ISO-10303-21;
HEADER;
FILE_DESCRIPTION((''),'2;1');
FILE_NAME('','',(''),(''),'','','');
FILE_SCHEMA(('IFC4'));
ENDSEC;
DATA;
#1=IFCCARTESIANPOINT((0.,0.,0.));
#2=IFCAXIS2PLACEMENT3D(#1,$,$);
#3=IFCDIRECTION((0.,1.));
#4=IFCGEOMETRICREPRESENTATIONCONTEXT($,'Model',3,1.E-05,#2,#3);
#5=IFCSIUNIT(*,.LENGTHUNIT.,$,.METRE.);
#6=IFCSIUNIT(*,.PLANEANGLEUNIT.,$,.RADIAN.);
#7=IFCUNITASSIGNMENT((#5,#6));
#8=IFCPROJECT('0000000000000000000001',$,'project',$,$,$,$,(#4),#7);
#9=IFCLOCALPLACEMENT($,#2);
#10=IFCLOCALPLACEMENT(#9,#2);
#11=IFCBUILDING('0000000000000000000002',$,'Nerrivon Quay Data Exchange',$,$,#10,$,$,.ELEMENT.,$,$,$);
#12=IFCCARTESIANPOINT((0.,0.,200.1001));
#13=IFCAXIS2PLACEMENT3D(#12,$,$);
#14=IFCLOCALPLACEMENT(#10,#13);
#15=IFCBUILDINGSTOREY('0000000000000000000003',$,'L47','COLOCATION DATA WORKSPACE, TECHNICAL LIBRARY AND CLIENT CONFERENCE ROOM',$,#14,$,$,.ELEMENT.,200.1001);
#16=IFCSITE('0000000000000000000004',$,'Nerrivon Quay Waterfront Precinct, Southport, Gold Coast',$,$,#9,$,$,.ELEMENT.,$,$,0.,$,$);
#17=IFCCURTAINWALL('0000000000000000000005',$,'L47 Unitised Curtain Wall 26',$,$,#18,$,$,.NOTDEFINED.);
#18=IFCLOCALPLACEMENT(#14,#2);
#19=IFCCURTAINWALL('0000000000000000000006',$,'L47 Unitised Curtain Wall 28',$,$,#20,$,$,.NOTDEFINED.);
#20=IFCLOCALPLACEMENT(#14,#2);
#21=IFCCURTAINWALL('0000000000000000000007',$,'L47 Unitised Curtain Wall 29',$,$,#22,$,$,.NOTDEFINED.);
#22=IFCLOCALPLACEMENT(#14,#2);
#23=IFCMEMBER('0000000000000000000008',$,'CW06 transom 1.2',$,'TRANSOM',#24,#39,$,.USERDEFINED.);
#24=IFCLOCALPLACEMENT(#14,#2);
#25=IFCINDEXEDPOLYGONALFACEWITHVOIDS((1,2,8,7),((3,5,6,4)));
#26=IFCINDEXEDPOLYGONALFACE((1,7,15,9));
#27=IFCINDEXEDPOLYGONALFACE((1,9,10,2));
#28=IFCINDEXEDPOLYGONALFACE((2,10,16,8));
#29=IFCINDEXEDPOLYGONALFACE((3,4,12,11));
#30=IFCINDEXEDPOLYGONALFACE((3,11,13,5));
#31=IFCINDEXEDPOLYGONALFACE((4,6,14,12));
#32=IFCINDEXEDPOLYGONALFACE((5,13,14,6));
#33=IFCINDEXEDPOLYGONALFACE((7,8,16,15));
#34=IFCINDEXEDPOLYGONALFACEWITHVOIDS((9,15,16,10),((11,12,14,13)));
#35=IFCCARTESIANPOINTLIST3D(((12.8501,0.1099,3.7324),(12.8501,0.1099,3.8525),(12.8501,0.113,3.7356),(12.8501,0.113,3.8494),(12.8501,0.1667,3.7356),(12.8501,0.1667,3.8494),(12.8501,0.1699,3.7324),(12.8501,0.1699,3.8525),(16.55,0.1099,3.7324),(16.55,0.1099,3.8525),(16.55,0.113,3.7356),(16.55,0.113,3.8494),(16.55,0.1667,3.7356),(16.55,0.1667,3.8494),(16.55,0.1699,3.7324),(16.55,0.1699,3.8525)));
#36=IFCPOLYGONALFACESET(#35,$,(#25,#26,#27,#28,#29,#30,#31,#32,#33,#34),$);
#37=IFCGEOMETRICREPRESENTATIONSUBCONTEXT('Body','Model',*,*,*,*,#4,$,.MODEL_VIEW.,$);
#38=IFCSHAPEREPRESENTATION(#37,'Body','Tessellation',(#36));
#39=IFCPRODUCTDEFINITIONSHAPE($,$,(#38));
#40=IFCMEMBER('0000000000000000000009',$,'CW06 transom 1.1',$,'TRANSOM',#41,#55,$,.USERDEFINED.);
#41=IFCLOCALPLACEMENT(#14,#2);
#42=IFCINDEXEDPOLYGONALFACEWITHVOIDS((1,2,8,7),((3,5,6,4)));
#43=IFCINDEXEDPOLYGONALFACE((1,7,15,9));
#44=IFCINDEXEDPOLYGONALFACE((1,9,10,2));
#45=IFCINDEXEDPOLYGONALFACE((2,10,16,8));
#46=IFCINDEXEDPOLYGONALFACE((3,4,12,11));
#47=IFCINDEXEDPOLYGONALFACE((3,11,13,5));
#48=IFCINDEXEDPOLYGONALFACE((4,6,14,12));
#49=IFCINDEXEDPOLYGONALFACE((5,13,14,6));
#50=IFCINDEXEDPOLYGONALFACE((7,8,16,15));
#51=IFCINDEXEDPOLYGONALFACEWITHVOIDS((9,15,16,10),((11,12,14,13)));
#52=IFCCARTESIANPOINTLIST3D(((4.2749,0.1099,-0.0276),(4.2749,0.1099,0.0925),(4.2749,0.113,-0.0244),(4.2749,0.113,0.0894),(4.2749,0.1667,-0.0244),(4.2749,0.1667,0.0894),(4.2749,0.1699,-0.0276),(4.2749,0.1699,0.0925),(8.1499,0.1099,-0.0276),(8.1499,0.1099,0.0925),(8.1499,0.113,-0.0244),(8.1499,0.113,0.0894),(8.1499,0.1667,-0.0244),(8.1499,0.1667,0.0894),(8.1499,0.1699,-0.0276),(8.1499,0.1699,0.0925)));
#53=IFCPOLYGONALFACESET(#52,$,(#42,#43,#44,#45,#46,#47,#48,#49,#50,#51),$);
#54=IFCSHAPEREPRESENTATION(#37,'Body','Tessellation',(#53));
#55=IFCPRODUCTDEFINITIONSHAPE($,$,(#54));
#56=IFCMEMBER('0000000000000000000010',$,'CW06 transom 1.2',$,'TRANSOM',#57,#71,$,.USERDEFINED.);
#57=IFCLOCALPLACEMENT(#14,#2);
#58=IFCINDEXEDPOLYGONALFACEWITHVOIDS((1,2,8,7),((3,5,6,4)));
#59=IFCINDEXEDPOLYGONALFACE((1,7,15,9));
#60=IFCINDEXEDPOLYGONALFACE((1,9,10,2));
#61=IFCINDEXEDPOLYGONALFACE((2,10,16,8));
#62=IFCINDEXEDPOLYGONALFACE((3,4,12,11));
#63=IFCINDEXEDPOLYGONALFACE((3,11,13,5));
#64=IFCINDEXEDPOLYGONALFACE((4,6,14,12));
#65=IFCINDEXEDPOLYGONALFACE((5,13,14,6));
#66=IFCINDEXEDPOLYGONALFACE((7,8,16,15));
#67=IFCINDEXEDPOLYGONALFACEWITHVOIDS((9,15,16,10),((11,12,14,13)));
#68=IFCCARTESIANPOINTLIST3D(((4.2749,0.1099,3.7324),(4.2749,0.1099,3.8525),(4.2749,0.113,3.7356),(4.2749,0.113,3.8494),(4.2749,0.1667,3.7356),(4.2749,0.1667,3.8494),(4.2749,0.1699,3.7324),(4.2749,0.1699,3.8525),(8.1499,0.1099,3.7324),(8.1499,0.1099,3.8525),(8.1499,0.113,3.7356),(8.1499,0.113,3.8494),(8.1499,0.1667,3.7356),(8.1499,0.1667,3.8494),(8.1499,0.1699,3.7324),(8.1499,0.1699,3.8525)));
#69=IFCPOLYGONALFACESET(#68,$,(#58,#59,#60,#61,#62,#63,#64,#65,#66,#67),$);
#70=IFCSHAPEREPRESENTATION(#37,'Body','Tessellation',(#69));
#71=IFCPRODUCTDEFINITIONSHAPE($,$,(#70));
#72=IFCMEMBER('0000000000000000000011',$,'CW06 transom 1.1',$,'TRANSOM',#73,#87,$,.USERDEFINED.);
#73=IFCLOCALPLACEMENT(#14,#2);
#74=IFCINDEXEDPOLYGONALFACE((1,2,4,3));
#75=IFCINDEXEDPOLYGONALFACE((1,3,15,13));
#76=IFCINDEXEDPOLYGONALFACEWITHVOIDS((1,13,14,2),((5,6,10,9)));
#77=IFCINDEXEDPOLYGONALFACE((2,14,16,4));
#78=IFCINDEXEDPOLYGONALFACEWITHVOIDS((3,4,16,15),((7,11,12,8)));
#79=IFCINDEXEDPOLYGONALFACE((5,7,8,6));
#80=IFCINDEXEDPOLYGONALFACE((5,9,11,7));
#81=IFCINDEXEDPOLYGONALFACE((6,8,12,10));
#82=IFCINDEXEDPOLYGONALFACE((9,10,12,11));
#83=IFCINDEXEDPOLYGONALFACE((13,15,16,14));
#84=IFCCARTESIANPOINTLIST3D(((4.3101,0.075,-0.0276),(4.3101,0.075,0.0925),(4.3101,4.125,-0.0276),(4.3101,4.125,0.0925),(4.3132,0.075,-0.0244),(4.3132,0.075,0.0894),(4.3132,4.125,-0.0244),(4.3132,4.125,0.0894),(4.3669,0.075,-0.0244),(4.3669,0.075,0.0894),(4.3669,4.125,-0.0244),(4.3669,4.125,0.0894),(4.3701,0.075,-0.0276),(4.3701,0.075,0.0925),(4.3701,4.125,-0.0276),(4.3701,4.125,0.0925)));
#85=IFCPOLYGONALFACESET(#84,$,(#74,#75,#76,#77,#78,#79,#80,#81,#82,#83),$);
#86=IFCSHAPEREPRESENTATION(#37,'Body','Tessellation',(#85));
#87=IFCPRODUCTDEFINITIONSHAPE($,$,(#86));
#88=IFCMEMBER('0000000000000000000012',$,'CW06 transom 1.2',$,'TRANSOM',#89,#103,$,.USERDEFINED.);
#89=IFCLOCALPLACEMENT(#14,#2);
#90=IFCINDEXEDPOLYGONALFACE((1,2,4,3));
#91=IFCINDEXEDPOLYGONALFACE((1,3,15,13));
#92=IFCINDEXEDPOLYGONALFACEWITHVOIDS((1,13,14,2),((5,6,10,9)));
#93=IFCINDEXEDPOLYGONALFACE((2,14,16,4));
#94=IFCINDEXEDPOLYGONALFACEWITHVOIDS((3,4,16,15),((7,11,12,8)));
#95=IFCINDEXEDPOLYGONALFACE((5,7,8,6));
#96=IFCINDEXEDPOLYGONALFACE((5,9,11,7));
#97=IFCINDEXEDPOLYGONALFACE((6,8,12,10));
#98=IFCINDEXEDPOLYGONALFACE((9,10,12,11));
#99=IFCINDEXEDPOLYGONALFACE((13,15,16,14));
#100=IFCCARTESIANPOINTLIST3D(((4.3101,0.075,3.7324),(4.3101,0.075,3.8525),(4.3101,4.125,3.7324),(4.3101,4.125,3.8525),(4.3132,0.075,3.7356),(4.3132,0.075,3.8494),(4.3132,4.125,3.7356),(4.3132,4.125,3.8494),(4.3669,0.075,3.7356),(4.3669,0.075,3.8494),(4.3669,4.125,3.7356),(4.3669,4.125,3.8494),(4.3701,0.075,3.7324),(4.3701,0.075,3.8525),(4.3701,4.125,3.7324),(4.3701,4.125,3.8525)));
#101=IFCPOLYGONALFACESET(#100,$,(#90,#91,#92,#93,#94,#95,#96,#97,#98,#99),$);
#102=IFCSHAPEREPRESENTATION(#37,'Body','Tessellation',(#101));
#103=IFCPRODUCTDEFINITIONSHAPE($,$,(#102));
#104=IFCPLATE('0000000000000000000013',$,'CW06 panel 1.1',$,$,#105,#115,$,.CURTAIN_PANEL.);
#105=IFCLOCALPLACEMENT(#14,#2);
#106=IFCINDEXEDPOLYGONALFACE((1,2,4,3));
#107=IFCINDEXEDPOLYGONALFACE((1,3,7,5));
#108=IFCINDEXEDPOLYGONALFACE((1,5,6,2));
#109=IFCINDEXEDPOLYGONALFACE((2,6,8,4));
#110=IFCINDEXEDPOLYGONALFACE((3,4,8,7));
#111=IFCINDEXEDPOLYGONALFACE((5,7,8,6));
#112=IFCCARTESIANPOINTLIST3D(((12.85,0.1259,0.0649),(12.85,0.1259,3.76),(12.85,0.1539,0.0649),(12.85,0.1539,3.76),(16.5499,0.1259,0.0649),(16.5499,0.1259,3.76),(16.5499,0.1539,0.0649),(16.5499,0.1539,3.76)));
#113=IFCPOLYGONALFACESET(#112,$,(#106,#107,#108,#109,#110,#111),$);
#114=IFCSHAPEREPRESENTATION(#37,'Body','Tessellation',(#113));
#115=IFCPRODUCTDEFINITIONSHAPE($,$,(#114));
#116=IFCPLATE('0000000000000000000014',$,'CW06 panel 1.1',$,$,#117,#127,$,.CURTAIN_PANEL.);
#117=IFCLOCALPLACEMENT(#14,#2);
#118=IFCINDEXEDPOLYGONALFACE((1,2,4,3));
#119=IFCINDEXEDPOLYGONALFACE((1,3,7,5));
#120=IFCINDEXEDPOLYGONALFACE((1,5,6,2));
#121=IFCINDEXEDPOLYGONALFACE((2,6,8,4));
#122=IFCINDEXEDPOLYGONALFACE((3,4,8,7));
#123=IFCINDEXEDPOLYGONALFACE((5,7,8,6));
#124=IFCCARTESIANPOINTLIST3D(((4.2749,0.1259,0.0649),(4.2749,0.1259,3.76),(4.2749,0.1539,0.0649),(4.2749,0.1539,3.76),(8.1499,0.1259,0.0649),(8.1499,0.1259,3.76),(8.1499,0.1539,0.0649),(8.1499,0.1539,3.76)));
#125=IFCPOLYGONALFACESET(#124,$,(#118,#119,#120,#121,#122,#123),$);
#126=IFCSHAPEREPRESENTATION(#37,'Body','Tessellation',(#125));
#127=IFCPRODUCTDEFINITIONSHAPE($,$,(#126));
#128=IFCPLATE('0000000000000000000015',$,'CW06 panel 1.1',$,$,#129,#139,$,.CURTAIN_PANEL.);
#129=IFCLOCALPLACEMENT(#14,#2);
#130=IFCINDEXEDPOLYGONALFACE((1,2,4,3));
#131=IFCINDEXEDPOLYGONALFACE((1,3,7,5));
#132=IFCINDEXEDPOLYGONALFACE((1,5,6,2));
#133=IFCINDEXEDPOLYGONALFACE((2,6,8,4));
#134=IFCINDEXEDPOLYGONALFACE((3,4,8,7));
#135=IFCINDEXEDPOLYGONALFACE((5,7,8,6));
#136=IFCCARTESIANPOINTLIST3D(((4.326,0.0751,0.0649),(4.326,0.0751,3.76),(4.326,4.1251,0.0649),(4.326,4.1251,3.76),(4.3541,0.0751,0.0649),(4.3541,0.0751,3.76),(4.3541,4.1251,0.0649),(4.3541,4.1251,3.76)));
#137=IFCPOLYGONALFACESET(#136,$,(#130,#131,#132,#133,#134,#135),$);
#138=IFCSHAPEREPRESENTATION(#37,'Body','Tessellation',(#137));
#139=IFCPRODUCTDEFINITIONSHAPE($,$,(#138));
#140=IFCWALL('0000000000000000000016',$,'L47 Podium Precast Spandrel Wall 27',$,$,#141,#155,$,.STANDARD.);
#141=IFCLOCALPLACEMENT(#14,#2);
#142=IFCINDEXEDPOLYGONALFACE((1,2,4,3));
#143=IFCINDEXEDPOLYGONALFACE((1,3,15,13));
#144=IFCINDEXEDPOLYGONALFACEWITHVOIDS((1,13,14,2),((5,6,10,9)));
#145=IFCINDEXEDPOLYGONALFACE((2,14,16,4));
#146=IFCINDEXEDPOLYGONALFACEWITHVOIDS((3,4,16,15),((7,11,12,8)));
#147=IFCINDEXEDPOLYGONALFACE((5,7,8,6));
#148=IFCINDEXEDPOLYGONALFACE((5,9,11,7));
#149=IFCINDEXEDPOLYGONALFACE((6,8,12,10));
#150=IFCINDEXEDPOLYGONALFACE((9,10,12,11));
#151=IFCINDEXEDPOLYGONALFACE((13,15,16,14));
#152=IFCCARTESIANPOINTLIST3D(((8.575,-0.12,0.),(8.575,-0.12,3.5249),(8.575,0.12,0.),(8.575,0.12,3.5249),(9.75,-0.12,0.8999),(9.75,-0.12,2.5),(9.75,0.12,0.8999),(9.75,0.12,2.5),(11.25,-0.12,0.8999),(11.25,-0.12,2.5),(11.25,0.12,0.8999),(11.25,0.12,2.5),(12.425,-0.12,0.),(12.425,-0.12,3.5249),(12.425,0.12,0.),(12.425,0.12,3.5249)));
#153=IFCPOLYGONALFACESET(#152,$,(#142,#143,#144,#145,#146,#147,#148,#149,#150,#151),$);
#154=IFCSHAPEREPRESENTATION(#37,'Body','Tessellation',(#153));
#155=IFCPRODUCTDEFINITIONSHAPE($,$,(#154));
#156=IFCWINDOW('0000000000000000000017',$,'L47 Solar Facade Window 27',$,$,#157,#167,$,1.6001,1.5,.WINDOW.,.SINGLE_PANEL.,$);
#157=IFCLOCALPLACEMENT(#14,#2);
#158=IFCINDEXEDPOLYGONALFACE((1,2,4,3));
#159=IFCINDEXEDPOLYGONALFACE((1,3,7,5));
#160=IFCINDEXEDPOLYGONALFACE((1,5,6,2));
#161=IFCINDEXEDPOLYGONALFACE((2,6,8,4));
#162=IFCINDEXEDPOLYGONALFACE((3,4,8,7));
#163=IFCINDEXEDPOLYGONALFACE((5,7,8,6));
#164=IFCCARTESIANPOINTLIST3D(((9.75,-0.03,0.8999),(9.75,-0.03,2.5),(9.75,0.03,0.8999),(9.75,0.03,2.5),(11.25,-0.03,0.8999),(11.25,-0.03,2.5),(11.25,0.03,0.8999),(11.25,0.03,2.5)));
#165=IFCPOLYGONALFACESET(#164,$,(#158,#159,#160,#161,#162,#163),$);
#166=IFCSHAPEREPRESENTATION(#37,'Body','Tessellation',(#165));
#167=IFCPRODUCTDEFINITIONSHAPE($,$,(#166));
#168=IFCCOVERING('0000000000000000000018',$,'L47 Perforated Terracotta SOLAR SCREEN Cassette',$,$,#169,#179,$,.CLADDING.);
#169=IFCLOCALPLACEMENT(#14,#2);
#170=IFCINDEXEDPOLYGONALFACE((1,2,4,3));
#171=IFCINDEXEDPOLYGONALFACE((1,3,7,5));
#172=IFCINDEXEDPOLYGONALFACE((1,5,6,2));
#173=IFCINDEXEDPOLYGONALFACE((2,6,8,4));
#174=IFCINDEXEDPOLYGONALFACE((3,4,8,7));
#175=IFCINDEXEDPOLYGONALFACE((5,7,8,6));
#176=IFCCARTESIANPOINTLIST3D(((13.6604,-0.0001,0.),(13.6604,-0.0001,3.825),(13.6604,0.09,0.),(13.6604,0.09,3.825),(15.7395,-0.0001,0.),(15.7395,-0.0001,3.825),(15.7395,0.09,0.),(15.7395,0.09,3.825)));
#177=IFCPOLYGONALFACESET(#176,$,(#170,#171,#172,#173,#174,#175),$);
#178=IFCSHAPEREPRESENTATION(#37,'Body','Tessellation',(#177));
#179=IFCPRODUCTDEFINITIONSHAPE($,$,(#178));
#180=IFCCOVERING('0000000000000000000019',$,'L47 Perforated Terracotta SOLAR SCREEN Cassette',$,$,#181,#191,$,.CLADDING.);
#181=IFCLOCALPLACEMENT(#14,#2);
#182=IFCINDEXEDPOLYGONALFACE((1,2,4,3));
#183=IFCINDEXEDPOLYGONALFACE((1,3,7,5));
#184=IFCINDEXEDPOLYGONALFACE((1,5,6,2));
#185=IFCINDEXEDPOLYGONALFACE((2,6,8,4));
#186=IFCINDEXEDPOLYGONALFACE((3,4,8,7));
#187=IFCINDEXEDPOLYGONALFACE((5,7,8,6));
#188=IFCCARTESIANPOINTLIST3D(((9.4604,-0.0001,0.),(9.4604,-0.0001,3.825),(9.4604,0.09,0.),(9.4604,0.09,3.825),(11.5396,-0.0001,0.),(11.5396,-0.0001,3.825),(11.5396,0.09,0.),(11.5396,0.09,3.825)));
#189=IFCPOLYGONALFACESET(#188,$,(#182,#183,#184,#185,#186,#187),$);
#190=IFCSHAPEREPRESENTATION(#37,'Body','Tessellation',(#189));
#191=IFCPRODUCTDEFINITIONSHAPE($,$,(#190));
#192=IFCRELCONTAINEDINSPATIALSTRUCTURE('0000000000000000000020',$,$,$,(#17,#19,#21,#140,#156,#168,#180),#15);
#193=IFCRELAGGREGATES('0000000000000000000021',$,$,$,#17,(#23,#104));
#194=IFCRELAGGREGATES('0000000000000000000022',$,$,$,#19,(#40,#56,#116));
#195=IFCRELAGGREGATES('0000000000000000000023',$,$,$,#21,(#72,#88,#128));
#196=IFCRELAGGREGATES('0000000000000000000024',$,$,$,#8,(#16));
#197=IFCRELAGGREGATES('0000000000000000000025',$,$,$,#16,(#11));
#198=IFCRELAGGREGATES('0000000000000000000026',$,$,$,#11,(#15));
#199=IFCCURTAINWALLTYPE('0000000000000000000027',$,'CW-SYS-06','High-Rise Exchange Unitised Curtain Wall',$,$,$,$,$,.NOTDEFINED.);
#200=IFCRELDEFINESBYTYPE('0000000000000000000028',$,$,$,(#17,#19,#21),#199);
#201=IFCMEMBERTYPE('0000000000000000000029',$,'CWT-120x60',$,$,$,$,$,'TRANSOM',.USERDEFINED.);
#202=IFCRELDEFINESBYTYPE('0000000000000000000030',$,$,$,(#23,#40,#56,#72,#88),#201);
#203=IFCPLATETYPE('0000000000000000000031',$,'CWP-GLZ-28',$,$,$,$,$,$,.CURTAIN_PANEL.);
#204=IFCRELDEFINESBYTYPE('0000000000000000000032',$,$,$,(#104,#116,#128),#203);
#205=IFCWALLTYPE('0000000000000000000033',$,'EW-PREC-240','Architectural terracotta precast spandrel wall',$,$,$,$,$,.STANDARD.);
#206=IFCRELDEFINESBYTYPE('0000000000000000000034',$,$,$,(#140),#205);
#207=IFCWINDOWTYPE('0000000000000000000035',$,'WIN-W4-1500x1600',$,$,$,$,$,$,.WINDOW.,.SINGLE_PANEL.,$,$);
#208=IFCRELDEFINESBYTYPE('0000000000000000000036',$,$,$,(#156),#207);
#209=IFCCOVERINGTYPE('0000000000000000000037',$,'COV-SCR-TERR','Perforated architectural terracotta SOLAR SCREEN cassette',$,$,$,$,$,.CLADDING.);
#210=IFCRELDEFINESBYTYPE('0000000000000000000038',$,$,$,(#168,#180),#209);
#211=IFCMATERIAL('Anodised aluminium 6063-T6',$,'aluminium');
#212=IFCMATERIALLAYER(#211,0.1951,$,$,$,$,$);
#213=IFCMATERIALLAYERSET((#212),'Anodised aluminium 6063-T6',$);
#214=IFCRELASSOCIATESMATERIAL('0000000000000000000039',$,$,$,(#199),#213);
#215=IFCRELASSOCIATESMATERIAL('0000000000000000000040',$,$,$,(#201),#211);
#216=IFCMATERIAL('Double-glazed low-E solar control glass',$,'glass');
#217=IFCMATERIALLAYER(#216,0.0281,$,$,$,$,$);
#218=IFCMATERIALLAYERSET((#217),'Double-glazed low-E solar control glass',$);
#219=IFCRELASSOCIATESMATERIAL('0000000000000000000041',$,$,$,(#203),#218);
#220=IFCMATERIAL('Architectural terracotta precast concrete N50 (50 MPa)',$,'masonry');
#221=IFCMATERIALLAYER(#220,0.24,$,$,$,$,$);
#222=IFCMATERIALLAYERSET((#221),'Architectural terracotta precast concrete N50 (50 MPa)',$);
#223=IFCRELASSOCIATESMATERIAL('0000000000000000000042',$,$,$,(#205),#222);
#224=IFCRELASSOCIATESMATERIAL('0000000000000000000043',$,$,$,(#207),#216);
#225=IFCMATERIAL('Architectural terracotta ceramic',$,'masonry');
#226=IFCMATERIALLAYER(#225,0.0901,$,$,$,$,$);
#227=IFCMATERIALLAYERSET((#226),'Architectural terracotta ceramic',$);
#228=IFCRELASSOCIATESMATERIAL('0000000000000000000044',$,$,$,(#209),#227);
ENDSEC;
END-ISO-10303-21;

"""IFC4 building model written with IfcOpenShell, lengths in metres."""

from ifc_helpers import new_model, si_unit, direction, frame, frame_2d, origin, origin_2d, place, context, subcontext, project, spatial, rectangle, hollow_rectangle, extrude, material, layer, layer_set, material_profile, profile_set, type_object, element, fill, aggregate, save


model = new_model("IFC4")

# Units and contexts
model_context = context("Model", 3, precision=1e-05, world=origin(), true_north=direction((0.0, 1.0)))
body_context = subcontext(model_context, "Body", "Model", "MODEL_VIEW")
ifc_project = project(units=[si_unit("LENGTHUNIT", "METRE"), si_unit("PLANEANGLEUNIT", "RADIAN")], contexts=[model_context])

# Site, building, storey
site_placement = place(None, origin())
site = spatial("IfcSite", under=ifc_project, at=site_placement, Name="Nerrivon Quay Waterfront Precinct, Southport, Gold Coast", CompositionType="ELEMENT", RefElevation=0.0)
building_placement = place(site_placement, origin())
building = spatial("IfcBuilding", under=site, at=building_placement, Name="Nerrivon Quay Data Exchange", CompositionType="ELEMENT")
storey_placement = place(building_placement, frame((0.0, 0.0, 200.1001)))
storey = spatial("IfcBuildingStorey", under=building, at=storey_placement, Name="L47", Description="COLOCATION DATA WORKSPACE, TECHNICAL LIBRARY AND CLIENT CONFERENCE ROOM", CompositionType="ELEMENT", Elevation=200.1001)

# Curtain wall
ifc_material_1 = material(Name="Anodised aluminium 6063-T6", Category="aluminium")
ifc_layer_1 = layer(ifc_material_1, 0.1951)
ifc_layer_set_1 = layer_set([ifc_layer_1], Name="Anodised aluminium 6063-T6")
curtain_wall_type = type_object("IfcCurtainWallType", Name="CW-SYS-06", Description="High-Rise Exchange Unitised Curtain Wall", PredefinedType="NOTDEFINED", material=ifc_layer_set_1)
curtain_wall_1_placement = place(storey_placement, origin())
curtain_wall_1 = element("IfcCurtainWall", 1, at=curtain_wall_1_placement, inside=storey, type_object=curtain_wall_type, Name="L47 Unitised Curtain Wall 26", PredefinedType="NOTDEFINED")

# Curtain walls
curtain_wall_2_placement = place(storey_placement, origin())
curtain_wall_2 = element("IfcCurtainWall", 2, at=curtain_wall_2_placement, inside=storey, type_object=curtain_wall_type, Name="L47 Unitised Curtain Wall 28", PredefinedType="NOTDEFINED")
curtain_wall_3_placement = place(storey_placement, origin())
curtain_wall_3 = element("IfcCurtainWall", 3, at=curtain_wall_3_placement, inside=storey, type_object=curtain_wall_type, Name="L47 Unitised Curtain Wall 29", PredefinedType="NOTDEFINED")

# Members
ifc_material_profile_1 = material_profile(ifc_material_1, hollow_rectangle(XDim=0.0601, YDim=0.1201, WallThickness=0.0032, at=origin_2d()), Name="ALU-TRAN-120x60")
ifc_profile_set_1 = profile_set([ifc_material_profile_1], Name="Anodised aluminium 6063-T6")
member_type_1 = type_object("IfcMemberType", Name="CWT-120x60", ElementType="TRANSOM", PredefinedType="USERDEFINED", material=ifc_profile_set_1)
member_1_placement = place(storey_placement, frame((16.55, 0.1399, 3.7925), z_axis=(-1.0, 0.0, 0.0), x_axis=(0.0, -1.0, 0.0)))
member_1 = element("IfcMember", 4, at=member_1_placement, type_object=member_type_1, Name="CW06 transom 1.2", ObjectType="TRANSOM", PredefinedType="USERDEFINED", context=body_context, shape_type="SweptSolid", body=[
    extrude(hollow_rectangle(XDim=0.0601, YDim=0.1201, WallThickness=0.0032, at=origin_2d()), origin(), (0.0, 0.0, 1.0), 3.7),
])
member_2_placement = place(storey_placement, frame((8.1499, 0.1399, 0.0325), z_axis=(-1.0, 0.0, 0.0), x_axis=(0.0, -1.0, 0.0)))
member_2 = element("IfcMember", 5, at=member_2_placement, type_object=member_type_1, Name="CW06 transom 1.1", ObjectType="TRANSOM", PredefinedType="USERDEFINED", context=body_context, shape_type="SweptSolid", body=[
    extrude(hollow_rectangle(XDim=0.0601, YDim=0.1201, WallThickness=0.0032, at=origin_2d()), origin(), (0.0, 0.0, 1.0), 3.875),
])
member_3_placement = place(storey_placement, frame((8.1499, 0.1399, 3.7925), z_axis=(-1.0, 0.0, 0.0), x_axis=(0.0, -1.0, 0.0)))
member_3 = element("IfcMember", 6, at=member_3_placement, type_object=member_type_1, Name="CW06 transom 1.2", ObjectType="TRANSOM", PredefinedType="USERDEFINED", context=body_context, shape_type="SweptSolid", body=[
    extrude(hollow_rectangle(XDim=0.0601, YDim=0.1201, WallThickness=0.0032, at=origin_2d()), origin(), (0.0, 0.0, 1.0), 3.875),
])
member_4_placement = place(storey_placement, frame((4.3401, 0.075, 0.0325), z_axis=(0.0, 1.0, 0.0), x_axis=(-1.0, 0.0, 0.0)))
member_4 = element("IfcMember", 7, at=member_4_placement, type_object=member_type_1, Name="CW06 transom 1.1", ObjectType="TRANSOM", PredefinedType="USERDEFINED", context=body_context, shape_type="SweptSolid", body=[
    extrude(hollow_rectangle(XDim=0.0601, YDim=0.1201, WallThickness=0.0032, at=origin_2d()), origin(), (0.0, 0.0, 1.0), 4.05),
])
member_5_placement = place(storey_placement, frame((4.3401, 0.075, 3.7925), z_axis=(0.0, 1.0, 0.0), x_axis=(-1.0, 0.0, 0.0)))
member_5 = element("IfcMember", 8, at=member_5_placement, type_object=member_type_1, Name="CW06 transom 1.2", ObjectType="TRANSOM", PredefinedType="USERDEFINED", context=body_context, shape_type="SweptSolid", body=[
    extrude(hollow_rectangle(XDim=0.0601, YDim=0.1201, WallThickness=0.0032, at=origin_2d()), origin(), (0.0, 0.0, 1.0), 4.05),
])

# Plates
ifc_material_2 = material(Name="Double-glazed low-E solar control glass", Category="glass")
ifc_layer_2 = layer(ifc_material_2, 0.0281)
ifc_layer_set_2 = layer_set([ifc_layer_2], Name="Double-glazed low-E solar control glass")
plate_type = type_object("IfcPlateType", Name="CWP-GLZ-28", PredefinedType="CURTAIN_PANEL", material=ifc_layer_set_2)
plate_1_placement = place(storey_placement, frame((14.7, 0.1399, 0.0649), z_axis=(0.0, 0.0, 1.0), x_axis=(-1.0, 0.0, 0.0)))
plate_1 = element("IfcPlate", 9, at=plate_1_placement, type_object=plate_type, Name="CW06 panel 1.1", PredefinedType="CURTAIN_PANEL", context=body_context, shape_type="SweptSolid", body=[
    extrude(rectangle(XDim=3.7, YDim=0.0281, at=origin_2d()), origin(), (0.0, 0.0, 1.0), 3.6951),
])
aggregate(curtain_wall_1, [member_1, plate_1])
plate_2_placement = place(storey_placement, frame((6.2124, 0.1399, 0.0649), z_axis=(0.0, 0.0, 1.0), x_axis=(-1.0, 0.0, 0.0)))
plate_2 = element("IfcPlate", 10, at=plate_2_placement, type_object=plate_type, Name="CW06 panel 1.1", PredefinedType="CURTAIN_PANEL", context=body_context, shape_type="SweptSolid", body=[
    extrude(rectangle(XDim=3.875, YDim=0.0281, at=origin_2d()), origin(), (0.0, 0.0, 1.0), 3.6951),
])
aggregate(curtain_wall_2, [member_2, member_3, plate_2])
plate_3_placement = place(storey_placement, frame((4.3401, 2.1001, 0.0649), z_axis=(0.0, 0.0, 1.0), x_axis=(0.0, 1.0, 0.0)))
plate_3 = element("IfcPlate", 11, at=plate_3_placement, type_object=plate_type, Name="CW06 panel 1.1", PredefinedType="CURTAIN_PANEL", context=body_context, shape_type="SweptSolid", body=[
    extrude(rectangle(XDim=4.05, YDim=0.0281, at=origin_2d()), origin(), (0.0, 0.0, 1.0), 3.6951),
])
aggregate(curtain_wall_3, [member_4, member_5, plate_3])

# Wall, opening, window
ifc_material_3 = material(Name="Architectural terracotta precast concrete N50 (50 MPa)", Category="masonry")
ifc_layer_3 = layer(ifc_material_3, 0.24)
ifc_layer_set_3 = layer_set([ifc_layer_3], Name="Architectural terracotta precast concrete N50 (50 MPa)")
wall_type = type_object("IfcWallType", Name="EW-PREC-240", Description="Architectural terracotta precast spandrel wall", PredefinedType="STANDARD", material=ifc_layer_set_3)
wall_placement = place(storey_placement, frame((12.425, 0.0, 0.0), z_axis=(0.0, 0.0, 1.0), x_axis=(-1.0, 0.0, 0.0)))
wall = element("IfcWall", 12, at=wall_placement, inside=storey, type_object=wall_type, Name="L47 Podium Precast Spandrel Wall 27", PredefinedType="STANDARD", context=body_context, shape_type="SweptSolid", body=[
    extrude(rectangle(XDim=3.8501, YDim=0.24, at=frame_2d((1.925, 0.0))), origin(), (0.0, 0.0, 1.0), 3.5249),
])
opening_placement = place(wall_placement, frame((1.175, 0.0, 0.8999)))
opening = element("IfcOpeningElement", 13, at=opening_placement, cuts=wall, PredefinedType="OPENING", context=body_context, shape_type="SweptSolid", body=[
    extrude(rectangle(XDim=1.5, YDim=1.6001, at=frame_2d((0.75, 0.8))), frame((0.0, 0.1299, 0.0), z_axis=(0.0, -1.0, 0.0), x_axis=(1.0, 0.0, 0.0)), (0.0, 0.0, 1.0), 0.26),
])
window_type = type_object("IfcWindowType", Name="WIN-W4-1500x1600", PartitioningType="SINGLE_PANEL", PredefinedType="WINDOW", material=ifc_material_2)
window_placement = place(opening_placement, origin())
window = element("IfcWindow", 14, at=window_placement, inside=storey, type_object=window_type, Name="L47 Solar Facade Window 27", OverallHeight=1.6001, OverallWidth=1.5, PartitioningType="SINGLE_PANEL", PredefinedType="WINDOW", context=body_context, shape_type="SweptSolid", body=[
    extrude(rectangle(XDim=1.5, YDim=1.6001, at=frame_2d((0.75, 0.8))), frame((0.0, 0.03, 0.0), z_axis=(0.0, -1.0, 0.0), x_axis=(1.0, 0.0, 0.0)), (0.0, 0.0, 1.0), 0.0601),
])
fill(opening, window)

# Coverings
ifc_material_4 = material(Name="Architectural terracotta ceramic", Category="masonry")
ifc_layer_4 = layer(ifc_material_4, 0.0901)
ifc_layer_set_4 = layer_set([ifc_layer_4], Name="Architectural terracotta ceramic")
covering_type = type_object("IfcCoveringType", Name="COV-SCR-TERR", Description="Perforated architectural terracotta SOLAR SCREEN cassette", PredefinedType="CLADDING", material=ifc_layer_set_4)
for number, where, z_axis, x_axis, name in (
    (15, (14.7, 0.0449, 0.0), (0.0, 0.0, 1.0), (-1.0, 0.0, 0.0), "L47 Perforated Terracotta SOLAR SCREEN Cassette"),
    (16, (10.5, 0.0449, 0.0), (0.0, 0.0, 1.0), (-1.0, 0.0, 0.0), "L47 Perforated Terracotta SOLAR SCREEN Cassette"),
):
    element("IfcCovering", number, at=place(storey_placement, frame(where, z_axis=z_axis, x_axis=x_axis)), inside=storey, type_object=covering_type, Name=name, PredefinedType="CLADDING", context=body_context, shape_type="SweptSolid", body=[
        extrude(rectangle(XDim=2.0791, YDim=0.0901, at=origin_2d()), origin(), (0.0, 0.0, 1.0), 3.825),
    ])

save(model, "model.ifc")
